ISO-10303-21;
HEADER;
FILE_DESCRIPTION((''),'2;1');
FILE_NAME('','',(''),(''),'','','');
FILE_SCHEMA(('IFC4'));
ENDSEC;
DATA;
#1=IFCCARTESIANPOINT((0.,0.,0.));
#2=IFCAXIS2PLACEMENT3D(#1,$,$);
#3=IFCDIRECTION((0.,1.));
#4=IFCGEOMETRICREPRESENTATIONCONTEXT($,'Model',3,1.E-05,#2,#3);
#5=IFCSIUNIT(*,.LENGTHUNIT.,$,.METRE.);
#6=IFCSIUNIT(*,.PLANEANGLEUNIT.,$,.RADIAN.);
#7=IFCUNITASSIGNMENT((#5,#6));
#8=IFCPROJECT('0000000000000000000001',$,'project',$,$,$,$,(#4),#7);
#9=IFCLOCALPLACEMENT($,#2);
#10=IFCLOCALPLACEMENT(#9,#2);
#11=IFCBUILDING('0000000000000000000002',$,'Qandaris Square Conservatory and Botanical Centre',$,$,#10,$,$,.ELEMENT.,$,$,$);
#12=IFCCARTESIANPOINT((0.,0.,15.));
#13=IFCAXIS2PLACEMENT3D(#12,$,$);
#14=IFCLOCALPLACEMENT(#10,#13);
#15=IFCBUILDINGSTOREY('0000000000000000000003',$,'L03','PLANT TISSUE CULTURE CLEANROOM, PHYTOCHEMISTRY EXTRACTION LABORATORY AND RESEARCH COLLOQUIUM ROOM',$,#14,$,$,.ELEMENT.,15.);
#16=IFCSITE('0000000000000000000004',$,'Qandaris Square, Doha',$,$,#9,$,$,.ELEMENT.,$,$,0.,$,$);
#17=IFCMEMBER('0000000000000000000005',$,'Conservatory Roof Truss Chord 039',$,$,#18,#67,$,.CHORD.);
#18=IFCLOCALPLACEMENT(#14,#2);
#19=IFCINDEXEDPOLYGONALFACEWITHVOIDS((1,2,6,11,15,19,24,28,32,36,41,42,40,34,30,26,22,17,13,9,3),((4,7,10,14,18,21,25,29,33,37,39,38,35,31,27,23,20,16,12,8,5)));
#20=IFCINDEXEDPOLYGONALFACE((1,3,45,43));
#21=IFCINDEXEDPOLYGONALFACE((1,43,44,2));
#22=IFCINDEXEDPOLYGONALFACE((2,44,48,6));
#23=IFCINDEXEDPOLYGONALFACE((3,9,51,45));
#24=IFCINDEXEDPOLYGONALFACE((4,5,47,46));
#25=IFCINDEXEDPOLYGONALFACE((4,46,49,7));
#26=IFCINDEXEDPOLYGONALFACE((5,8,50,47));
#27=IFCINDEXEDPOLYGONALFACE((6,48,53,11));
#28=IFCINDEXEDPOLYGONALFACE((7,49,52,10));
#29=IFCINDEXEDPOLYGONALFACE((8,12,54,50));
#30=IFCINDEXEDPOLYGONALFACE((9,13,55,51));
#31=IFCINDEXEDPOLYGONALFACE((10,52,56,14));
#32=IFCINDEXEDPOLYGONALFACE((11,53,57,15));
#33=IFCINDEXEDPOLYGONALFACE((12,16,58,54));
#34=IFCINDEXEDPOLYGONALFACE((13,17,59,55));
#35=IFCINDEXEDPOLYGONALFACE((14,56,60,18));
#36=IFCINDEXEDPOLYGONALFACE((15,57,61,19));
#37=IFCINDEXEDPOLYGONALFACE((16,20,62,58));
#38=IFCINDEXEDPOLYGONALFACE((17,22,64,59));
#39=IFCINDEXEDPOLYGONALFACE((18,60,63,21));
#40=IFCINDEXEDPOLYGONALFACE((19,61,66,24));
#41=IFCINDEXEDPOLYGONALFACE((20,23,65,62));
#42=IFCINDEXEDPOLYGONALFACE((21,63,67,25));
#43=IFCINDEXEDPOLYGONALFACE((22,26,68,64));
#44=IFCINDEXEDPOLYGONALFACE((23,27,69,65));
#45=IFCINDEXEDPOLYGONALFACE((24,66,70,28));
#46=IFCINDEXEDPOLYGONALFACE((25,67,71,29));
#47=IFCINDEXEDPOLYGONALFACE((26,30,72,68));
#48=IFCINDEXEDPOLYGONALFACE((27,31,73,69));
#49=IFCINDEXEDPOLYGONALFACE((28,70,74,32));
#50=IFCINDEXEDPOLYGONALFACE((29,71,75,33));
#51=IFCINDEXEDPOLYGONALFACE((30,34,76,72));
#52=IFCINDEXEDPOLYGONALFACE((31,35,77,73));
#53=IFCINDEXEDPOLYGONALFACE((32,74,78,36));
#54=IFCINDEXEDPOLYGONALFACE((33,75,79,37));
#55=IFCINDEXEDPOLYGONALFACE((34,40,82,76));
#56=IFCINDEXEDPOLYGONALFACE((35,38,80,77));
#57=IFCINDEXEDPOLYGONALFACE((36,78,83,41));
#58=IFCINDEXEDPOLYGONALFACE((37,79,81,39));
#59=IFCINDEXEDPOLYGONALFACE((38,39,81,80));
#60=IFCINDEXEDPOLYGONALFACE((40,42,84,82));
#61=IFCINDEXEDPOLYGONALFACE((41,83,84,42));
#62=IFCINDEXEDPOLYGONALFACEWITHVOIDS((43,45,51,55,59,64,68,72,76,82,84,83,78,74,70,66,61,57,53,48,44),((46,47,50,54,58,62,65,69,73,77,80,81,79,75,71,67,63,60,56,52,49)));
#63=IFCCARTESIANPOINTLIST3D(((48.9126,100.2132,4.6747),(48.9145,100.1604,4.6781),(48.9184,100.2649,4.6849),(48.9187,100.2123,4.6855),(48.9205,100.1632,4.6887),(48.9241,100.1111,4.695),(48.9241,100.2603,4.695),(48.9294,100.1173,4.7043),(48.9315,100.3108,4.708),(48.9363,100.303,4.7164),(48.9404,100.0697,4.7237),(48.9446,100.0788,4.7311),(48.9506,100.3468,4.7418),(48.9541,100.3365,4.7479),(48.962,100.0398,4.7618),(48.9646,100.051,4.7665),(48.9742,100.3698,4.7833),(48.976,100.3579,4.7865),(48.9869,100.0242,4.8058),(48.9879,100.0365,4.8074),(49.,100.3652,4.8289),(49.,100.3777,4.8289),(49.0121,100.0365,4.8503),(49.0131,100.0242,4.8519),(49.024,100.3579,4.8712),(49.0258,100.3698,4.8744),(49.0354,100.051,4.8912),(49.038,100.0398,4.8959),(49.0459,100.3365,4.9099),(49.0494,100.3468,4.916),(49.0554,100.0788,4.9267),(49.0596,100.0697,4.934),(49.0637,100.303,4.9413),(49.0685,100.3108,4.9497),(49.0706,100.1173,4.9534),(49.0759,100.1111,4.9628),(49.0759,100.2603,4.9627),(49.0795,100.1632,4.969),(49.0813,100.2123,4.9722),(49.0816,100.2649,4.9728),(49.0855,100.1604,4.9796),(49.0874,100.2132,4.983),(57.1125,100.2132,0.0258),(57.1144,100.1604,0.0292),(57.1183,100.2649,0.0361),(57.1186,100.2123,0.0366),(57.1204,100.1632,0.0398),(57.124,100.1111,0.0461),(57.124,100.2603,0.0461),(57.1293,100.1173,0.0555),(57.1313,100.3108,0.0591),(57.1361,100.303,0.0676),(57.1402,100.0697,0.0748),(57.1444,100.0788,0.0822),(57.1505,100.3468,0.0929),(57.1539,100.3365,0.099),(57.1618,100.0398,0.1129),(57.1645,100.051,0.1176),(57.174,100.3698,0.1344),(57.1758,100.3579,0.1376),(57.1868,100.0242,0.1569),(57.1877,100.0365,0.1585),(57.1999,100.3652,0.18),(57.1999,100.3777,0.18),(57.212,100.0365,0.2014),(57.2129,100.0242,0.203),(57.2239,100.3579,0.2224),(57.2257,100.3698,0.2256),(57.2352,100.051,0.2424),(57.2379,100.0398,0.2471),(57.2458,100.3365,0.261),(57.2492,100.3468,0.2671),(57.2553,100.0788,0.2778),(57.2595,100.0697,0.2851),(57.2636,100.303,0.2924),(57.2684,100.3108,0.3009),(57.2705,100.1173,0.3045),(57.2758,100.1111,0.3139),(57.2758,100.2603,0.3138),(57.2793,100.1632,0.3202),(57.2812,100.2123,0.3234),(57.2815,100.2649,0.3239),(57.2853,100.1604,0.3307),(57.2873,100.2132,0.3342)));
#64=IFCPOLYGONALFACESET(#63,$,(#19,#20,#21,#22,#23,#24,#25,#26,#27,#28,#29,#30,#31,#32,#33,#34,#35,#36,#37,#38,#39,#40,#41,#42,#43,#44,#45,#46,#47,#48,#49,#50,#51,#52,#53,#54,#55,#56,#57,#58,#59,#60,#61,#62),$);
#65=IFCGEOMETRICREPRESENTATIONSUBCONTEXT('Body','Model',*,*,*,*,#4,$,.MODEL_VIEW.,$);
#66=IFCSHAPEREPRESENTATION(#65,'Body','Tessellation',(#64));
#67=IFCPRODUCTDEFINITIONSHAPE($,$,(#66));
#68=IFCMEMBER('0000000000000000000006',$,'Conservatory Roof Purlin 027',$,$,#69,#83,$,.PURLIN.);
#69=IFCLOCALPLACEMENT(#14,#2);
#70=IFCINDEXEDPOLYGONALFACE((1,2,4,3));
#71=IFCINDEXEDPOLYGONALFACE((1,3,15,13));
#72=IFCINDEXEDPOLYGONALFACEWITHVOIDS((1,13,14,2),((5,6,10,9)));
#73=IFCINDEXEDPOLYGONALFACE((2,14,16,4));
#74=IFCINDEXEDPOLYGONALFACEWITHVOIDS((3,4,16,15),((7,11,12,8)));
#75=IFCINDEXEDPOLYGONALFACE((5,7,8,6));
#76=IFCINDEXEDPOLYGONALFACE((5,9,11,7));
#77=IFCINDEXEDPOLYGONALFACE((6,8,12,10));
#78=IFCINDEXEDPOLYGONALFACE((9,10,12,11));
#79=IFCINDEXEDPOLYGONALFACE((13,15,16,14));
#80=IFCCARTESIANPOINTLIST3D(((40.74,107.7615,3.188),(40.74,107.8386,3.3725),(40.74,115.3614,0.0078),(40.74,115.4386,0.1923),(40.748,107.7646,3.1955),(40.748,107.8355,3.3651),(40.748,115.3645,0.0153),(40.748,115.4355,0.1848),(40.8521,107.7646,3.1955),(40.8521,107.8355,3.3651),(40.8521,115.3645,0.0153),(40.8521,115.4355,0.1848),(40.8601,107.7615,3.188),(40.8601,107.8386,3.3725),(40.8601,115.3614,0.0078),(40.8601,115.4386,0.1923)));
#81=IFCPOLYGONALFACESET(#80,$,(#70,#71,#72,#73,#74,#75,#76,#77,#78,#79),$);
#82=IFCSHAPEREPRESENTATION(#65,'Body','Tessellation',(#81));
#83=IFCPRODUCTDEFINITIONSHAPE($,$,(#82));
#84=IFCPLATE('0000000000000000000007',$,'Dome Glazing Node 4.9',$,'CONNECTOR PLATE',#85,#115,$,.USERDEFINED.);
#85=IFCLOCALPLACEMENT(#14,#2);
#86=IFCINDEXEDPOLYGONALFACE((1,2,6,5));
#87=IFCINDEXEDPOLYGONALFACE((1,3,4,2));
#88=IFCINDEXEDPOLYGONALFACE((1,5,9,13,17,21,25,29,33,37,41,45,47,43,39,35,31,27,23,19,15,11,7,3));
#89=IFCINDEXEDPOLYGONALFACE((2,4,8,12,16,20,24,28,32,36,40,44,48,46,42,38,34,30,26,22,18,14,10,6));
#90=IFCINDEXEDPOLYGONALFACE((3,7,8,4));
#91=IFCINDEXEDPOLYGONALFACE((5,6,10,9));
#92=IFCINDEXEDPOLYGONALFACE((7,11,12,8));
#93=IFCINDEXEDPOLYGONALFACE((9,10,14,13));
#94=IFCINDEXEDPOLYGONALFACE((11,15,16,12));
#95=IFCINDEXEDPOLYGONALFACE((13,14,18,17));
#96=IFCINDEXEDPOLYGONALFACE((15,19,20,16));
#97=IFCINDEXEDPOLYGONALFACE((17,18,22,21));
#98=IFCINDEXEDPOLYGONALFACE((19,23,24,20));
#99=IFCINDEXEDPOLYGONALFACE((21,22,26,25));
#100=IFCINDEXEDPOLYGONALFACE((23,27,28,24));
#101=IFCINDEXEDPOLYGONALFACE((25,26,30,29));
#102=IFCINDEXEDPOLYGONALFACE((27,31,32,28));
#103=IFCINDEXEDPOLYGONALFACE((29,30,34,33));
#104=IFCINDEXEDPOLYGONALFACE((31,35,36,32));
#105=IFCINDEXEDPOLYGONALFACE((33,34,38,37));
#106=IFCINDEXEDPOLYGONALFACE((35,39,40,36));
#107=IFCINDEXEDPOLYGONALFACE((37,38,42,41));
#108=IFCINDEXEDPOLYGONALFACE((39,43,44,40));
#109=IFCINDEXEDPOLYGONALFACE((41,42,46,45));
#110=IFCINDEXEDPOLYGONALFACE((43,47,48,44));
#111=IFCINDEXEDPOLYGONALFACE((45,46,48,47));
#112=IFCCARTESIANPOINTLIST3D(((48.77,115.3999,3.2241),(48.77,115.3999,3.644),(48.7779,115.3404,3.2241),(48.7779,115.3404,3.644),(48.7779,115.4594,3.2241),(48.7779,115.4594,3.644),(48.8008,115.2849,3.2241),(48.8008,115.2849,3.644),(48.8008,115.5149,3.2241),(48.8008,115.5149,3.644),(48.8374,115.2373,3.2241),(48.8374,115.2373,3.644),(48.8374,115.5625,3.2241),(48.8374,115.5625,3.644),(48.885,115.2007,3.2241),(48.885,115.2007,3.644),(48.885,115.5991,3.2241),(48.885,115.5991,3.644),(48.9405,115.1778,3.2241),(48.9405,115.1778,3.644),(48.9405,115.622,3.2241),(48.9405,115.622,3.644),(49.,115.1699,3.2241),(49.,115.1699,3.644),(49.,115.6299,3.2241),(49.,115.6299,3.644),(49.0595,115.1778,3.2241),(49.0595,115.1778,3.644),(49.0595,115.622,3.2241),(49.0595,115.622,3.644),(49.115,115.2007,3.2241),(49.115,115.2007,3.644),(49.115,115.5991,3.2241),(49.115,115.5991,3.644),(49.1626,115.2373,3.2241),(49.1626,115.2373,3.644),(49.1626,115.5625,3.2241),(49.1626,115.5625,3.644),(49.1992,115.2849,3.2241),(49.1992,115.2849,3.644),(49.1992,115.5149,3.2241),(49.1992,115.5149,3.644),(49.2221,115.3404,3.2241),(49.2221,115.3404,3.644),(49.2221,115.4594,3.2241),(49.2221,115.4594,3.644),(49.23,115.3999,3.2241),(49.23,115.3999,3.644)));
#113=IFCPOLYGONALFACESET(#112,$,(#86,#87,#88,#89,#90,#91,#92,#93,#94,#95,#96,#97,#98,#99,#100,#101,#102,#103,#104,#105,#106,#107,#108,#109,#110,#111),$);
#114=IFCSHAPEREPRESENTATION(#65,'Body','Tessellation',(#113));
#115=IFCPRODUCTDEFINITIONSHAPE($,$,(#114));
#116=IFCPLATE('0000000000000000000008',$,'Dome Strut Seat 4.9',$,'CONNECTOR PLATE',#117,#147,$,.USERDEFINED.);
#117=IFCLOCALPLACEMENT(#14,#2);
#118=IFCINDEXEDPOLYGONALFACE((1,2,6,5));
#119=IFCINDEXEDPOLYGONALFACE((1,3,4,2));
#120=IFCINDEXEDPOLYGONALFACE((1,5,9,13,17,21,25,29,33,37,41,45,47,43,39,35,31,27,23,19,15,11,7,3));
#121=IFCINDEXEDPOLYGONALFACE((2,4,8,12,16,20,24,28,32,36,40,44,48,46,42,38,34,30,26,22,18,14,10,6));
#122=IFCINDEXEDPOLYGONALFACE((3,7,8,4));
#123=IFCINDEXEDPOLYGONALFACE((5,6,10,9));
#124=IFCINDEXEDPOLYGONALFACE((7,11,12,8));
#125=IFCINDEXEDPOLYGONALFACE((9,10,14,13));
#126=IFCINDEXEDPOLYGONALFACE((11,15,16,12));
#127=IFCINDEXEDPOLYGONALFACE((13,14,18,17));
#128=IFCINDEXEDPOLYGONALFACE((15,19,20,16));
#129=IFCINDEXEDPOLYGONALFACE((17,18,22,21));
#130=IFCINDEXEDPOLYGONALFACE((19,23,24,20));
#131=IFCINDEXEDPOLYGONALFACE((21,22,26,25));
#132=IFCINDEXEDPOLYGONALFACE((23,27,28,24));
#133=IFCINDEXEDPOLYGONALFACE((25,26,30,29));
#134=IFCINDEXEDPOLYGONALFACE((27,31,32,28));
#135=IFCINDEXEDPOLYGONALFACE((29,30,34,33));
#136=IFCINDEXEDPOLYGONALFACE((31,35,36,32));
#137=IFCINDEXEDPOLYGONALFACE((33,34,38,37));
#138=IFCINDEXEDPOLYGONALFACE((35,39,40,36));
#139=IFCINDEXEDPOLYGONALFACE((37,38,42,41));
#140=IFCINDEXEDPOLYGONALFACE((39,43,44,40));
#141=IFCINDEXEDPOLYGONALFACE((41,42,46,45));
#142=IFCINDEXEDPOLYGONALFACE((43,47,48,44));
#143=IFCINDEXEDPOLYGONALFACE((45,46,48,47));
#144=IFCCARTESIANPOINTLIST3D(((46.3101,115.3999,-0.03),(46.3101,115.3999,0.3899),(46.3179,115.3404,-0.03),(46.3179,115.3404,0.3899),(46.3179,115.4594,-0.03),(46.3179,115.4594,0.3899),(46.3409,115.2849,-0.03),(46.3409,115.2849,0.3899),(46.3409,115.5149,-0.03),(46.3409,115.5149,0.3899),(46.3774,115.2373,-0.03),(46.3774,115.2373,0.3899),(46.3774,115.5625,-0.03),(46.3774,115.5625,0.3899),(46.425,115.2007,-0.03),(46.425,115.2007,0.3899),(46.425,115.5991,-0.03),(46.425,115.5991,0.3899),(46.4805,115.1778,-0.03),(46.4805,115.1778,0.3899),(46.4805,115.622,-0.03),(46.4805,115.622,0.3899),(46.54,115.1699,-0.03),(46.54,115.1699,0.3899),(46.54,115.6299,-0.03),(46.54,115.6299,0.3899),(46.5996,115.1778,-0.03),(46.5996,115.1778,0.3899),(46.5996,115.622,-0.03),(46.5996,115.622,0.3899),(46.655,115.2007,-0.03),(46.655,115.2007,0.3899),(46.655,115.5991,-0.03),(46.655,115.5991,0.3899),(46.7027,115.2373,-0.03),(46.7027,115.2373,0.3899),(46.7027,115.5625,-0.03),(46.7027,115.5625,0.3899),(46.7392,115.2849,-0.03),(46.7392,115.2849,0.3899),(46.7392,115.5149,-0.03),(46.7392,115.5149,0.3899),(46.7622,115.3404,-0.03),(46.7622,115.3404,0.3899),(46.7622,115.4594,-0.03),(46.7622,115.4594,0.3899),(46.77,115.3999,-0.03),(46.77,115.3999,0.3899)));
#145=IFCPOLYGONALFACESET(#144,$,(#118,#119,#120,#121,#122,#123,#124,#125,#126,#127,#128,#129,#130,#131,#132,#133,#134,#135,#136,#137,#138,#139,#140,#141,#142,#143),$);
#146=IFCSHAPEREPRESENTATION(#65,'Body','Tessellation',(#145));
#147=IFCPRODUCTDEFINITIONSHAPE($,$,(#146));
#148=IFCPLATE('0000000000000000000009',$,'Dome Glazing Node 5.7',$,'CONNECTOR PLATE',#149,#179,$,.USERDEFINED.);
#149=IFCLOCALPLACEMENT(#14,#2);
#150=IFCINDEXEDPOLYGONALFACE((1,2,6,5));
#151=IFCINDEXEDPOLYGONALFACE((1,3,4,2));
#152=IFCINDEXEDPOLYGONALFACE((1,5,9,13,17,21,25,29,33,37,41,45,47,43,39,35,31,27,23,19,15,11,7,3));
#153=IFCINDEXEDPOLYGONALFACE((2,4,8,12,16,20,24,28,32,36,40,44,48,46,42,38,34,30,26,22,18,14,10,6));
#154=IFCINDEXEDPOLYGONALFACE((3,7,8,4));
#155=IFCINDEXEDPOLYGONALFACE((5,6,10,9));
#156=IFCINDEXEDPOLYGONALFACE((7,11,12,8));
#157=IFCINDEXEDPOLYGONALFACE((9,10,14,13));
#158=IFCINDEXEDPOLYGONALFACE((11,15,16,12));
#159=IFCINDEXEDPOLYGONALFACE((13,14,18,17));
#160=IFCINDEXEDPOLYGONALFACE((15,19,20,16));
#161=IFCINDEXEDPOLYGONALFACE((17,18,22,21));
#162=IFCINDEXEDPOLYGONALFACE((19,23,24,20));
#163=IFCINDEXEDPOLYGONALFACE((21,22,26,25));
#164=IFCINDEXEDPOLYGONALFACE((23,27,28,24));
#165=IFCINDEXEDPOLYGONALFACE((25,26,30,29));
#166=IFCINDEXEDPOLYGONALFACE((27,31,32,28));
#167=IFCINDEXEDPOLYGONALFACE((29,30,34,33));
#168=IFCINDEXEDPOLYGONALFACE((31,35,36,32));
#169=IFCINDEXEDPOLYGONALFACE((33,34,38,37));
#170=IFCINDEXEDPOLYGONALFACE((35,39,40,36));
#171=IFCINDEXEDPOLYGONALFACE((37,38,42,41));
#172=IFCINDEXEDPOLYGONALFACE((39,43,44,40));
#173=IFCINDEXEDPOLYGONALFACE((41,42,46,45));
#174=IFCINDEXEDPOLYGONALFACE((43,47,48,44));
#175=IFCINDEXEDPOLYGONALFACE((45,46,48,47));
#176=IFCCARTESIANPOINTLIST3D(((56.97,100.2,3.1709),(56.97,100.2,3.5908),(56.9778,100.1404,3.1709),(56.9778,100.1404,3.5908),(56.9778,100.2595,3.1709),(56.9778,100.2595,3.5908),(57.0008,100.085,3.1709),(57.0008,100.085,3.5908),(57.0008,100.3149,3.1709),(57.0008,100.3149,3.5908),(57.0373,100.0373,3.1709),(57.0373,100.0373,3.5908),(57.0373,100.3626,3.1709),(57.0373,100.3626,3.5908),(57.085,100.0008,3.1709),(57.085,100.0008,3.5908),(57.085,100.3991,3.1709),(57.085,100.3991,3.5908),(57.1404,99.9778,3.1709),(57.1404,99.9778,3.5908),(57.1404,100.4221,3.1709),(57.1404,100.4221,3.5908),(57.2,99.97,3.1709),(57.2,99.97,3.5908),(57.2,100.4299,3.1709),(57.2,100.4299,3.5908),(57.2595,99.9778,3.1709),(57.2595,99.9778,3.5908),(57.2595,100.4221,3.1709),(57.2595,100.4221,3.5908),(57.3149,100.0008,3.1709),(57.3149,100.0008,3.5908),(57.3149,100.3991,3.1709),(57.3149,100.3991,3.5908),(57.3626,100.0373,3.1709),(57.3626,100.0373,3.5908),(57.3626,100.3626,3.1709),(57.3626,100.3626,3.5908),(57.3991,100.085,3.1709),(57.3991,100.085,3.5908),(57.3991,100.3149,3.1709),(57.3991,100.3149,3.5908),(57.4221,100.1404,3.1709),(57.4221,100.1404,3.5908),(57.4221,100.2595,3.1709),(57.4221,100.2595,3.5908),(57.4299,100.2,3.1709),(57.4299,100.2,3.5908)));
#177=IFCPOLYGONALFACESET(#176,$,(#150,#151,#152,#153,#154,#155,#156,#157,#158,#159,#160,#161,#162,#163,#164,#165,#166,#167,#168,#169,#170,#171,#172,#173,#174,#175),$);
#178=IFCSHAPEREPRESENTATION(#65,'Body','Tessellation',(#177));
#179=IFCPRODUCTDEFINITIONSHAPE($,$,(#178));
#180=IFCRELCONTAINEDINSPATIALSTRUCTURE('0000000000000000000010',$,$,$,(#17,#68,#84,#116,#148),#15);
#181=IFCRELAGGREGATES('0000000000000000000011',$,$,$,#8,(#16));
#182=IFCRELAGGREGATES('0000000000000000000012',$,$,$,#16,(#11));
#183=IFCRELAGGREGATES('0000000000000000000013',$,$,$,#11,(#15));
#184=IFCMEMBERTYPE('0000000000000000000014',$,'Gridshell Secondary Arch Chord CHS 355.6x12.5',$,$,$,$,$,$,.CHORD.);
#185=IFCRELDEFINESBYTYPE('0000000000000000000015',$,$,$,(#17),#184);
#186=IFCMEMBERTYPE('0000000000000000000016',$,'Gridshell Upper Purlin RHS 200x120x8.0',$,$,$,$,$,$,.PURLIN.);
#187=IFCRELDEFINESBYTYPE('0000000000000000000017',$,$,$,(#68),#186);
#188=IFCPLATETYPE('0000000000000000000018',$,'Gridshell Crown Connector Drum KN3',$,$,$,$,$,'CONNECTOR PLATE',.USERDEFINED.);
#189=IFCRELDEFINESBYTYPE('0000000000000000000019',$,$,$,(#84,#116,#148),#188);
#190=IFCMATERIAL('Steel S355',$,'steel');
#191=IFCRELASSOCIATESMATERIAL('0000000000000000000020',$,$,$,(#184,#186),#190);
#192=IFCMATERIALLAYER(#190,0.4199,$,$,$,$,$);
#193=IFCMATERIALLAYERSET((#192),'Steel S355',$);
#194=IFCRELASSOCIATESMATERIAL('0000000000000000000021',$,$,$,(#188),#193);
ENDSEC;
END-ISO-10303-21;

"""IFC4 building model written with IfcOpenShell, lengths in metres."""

from ifc_helpers import new_model, si_unit, direction, frame, origin, origin_2d, place, context, subcontext, project, spatial, hollow_rectangle, circle, hollow_circle, extrude, material, layer, layer_set, material_profile, profile_set, type_object, element, save


model = new_model("IFC4")

# Units and contexts
model_context = context("Model", 3, precision=1e-05, world=origin(), true_north=direction((0.0, 1.0)))
body_context = subcontext(model_context, "Body", "Model", "MODEL_VIEW")
ifc_project = project(units=[si_unit("LENGTHUNIT", "METRE"), si_unit("PLANEANGLEUNIT", "RADIAN")], contexts=[model_context])

# Site, building, storey
site_placement = place(None, origin())
site = spatial("IfcSite", under=ifc_project, at=site_placement, Name="Qandaris Square, Doha", CompositionType="ELEMENT", RefElevation=0.0)
building_placement = place(site_placement, origin())
building = spatial("IfcBuilding", under=site, at=building_placement, Name="Qandaris Square Conservatory and Botanical Centre", CompositionType="ELEMENT")
storey_placement = place(building_placement, frame((0.0, 0.0, 15.0)))
storey = spatial("IfcBuildingStorey", under=building, at=storey_placement, Name="L03", Description="PLANT TISSUE CULTURE CLEANROOM, PHYTOCHEMISTRY EXTRACTION LABORATORY AND RESEARCH COLLOQUIUM ROOM", CompositionType="ELEMENT", Elevation=15.0)

# Members
ifc_material_1 = material(Name="Steel S355", Category="steel")
ifc_material_profile_1 = material_profile(ifc_material_1, hollow_circle(Radius=0.1777, WallThickness=0.0125, at=origin_2d()), Name="CHS 355.6x12.5")
ifc_profile_set_1 = profile_set([ifc_material_profile_1], Name="Steel S355")
member_type_1 = type_object("IfcMemberType", Name="Gridshell Secondary Arch Chord CHS 355.6x12.5", PredefinedType="CHORD", material=ifc_profile_set_1)
member_1_placement = place(storey_placement, frame((49.0, 100.2, 4.8289), z_axis=(0.869918, 0.0, -0.493196), x_axis=(0.0, 1.0, 0.0)))
element("IfcMember", 1, at=member_1_placement, inside=storey, type_object=member_type_1, Name="Conservatory Roof Truss Chord 039", PredefinedType="CHORD", context=body_context, shape_type="SweptSolid", body=[
    extrude(hollow_circle(Radius=0.1777, WallThickness=0.0125, at=origin_2d()), origin(), (0.0, 0.0, 1.0), 9.426),
])
ifc_material_profile_2 = material_profile(ifc_material_1, hollow_rectangle(XDim=0.1201, YDim=0.2, WallThickness=0.0081, at=origin_2d()), Name="RHS 200x120x8.0")
ifc_profile_set_2 = profile_set([ifc_material_profile_2], Name="Steel S355")
member_type_2 = type_object("IfcMemberType", Name="Gridshell Upper Purlin RHS 200x120x8.0", PredefinedType="PURLIN", material=ifc_profile_set_2)
member_2_placement = place(storey_placement, frame((40.8, 107.8, 3.2803), z_axis=(0.0, 0.922491, -0.386018), x_axis=(-1.0, 0.0, 0.0)))
element("IfcMember", 2, at=member_2_placement, inside=storey, type_object=member_type_2, Name="Conservatory Roof Purlin 027", PredefinedType="PURLIN", context=body_context, shape_type="SweptSolid", body=[
    extrude(hollow_rectangle(XDim=0.1201, YDim=0.2, WallThickness=0.0081, at=origin_2d()), origin(), (0.0, 0.0, 1.0), 8.2385),
])

# Plates
ifc_layer_1 = layer(ifc_material_1, 0.4199)
ifc_layer_set_1 = layer_set([ifc_layer_1], Name="Steel S355")
plate_type_1 = type_object("IfcPlateType", Name="Gridshell Crown Connector Drum KN3", ElementType="CONNECTOR PLATE", PredefinedType="USERDEFINED", material=ifc_layer_set_1)
for number, where, z_axis, x_axis, name in (
    (3, (49.0, 115.3999, 3.2241), (0.0, 0.0, 1.0), (1.0, 0.0, 0.0), "Dome Glazing Node 4.9"),
    (4, (46.54, 115.3999, -0.03), (0.0, 0.0, 1.0), (1.0, 0.0, 0.0), "Dome Strut Seat 4.9"),
    (5, (57.2, 100.2, 3.1709), (0.0, 0.0, 1.0), (1.0, 0.0, 0.0), "Dome Glazing Node 5.7"),
):
    element("IfcPlate", number, at=place(storey_placement, frame(where, z_axis=z_axis, x_axis=x_axis)), inside=storey, type_object=plate_type_1, Name=name, ObjectType="CONNECTOR PLATE", PredefinedType="USERDEFINED", context=body_context, shape_type="SweptSolid", body=[
        extrude(circle(Radius=0.23, at=origin_2d()), origin(), (0.0, 0.0, 1.0), 0.4199),
    ])

save(model, "model.ifc")
